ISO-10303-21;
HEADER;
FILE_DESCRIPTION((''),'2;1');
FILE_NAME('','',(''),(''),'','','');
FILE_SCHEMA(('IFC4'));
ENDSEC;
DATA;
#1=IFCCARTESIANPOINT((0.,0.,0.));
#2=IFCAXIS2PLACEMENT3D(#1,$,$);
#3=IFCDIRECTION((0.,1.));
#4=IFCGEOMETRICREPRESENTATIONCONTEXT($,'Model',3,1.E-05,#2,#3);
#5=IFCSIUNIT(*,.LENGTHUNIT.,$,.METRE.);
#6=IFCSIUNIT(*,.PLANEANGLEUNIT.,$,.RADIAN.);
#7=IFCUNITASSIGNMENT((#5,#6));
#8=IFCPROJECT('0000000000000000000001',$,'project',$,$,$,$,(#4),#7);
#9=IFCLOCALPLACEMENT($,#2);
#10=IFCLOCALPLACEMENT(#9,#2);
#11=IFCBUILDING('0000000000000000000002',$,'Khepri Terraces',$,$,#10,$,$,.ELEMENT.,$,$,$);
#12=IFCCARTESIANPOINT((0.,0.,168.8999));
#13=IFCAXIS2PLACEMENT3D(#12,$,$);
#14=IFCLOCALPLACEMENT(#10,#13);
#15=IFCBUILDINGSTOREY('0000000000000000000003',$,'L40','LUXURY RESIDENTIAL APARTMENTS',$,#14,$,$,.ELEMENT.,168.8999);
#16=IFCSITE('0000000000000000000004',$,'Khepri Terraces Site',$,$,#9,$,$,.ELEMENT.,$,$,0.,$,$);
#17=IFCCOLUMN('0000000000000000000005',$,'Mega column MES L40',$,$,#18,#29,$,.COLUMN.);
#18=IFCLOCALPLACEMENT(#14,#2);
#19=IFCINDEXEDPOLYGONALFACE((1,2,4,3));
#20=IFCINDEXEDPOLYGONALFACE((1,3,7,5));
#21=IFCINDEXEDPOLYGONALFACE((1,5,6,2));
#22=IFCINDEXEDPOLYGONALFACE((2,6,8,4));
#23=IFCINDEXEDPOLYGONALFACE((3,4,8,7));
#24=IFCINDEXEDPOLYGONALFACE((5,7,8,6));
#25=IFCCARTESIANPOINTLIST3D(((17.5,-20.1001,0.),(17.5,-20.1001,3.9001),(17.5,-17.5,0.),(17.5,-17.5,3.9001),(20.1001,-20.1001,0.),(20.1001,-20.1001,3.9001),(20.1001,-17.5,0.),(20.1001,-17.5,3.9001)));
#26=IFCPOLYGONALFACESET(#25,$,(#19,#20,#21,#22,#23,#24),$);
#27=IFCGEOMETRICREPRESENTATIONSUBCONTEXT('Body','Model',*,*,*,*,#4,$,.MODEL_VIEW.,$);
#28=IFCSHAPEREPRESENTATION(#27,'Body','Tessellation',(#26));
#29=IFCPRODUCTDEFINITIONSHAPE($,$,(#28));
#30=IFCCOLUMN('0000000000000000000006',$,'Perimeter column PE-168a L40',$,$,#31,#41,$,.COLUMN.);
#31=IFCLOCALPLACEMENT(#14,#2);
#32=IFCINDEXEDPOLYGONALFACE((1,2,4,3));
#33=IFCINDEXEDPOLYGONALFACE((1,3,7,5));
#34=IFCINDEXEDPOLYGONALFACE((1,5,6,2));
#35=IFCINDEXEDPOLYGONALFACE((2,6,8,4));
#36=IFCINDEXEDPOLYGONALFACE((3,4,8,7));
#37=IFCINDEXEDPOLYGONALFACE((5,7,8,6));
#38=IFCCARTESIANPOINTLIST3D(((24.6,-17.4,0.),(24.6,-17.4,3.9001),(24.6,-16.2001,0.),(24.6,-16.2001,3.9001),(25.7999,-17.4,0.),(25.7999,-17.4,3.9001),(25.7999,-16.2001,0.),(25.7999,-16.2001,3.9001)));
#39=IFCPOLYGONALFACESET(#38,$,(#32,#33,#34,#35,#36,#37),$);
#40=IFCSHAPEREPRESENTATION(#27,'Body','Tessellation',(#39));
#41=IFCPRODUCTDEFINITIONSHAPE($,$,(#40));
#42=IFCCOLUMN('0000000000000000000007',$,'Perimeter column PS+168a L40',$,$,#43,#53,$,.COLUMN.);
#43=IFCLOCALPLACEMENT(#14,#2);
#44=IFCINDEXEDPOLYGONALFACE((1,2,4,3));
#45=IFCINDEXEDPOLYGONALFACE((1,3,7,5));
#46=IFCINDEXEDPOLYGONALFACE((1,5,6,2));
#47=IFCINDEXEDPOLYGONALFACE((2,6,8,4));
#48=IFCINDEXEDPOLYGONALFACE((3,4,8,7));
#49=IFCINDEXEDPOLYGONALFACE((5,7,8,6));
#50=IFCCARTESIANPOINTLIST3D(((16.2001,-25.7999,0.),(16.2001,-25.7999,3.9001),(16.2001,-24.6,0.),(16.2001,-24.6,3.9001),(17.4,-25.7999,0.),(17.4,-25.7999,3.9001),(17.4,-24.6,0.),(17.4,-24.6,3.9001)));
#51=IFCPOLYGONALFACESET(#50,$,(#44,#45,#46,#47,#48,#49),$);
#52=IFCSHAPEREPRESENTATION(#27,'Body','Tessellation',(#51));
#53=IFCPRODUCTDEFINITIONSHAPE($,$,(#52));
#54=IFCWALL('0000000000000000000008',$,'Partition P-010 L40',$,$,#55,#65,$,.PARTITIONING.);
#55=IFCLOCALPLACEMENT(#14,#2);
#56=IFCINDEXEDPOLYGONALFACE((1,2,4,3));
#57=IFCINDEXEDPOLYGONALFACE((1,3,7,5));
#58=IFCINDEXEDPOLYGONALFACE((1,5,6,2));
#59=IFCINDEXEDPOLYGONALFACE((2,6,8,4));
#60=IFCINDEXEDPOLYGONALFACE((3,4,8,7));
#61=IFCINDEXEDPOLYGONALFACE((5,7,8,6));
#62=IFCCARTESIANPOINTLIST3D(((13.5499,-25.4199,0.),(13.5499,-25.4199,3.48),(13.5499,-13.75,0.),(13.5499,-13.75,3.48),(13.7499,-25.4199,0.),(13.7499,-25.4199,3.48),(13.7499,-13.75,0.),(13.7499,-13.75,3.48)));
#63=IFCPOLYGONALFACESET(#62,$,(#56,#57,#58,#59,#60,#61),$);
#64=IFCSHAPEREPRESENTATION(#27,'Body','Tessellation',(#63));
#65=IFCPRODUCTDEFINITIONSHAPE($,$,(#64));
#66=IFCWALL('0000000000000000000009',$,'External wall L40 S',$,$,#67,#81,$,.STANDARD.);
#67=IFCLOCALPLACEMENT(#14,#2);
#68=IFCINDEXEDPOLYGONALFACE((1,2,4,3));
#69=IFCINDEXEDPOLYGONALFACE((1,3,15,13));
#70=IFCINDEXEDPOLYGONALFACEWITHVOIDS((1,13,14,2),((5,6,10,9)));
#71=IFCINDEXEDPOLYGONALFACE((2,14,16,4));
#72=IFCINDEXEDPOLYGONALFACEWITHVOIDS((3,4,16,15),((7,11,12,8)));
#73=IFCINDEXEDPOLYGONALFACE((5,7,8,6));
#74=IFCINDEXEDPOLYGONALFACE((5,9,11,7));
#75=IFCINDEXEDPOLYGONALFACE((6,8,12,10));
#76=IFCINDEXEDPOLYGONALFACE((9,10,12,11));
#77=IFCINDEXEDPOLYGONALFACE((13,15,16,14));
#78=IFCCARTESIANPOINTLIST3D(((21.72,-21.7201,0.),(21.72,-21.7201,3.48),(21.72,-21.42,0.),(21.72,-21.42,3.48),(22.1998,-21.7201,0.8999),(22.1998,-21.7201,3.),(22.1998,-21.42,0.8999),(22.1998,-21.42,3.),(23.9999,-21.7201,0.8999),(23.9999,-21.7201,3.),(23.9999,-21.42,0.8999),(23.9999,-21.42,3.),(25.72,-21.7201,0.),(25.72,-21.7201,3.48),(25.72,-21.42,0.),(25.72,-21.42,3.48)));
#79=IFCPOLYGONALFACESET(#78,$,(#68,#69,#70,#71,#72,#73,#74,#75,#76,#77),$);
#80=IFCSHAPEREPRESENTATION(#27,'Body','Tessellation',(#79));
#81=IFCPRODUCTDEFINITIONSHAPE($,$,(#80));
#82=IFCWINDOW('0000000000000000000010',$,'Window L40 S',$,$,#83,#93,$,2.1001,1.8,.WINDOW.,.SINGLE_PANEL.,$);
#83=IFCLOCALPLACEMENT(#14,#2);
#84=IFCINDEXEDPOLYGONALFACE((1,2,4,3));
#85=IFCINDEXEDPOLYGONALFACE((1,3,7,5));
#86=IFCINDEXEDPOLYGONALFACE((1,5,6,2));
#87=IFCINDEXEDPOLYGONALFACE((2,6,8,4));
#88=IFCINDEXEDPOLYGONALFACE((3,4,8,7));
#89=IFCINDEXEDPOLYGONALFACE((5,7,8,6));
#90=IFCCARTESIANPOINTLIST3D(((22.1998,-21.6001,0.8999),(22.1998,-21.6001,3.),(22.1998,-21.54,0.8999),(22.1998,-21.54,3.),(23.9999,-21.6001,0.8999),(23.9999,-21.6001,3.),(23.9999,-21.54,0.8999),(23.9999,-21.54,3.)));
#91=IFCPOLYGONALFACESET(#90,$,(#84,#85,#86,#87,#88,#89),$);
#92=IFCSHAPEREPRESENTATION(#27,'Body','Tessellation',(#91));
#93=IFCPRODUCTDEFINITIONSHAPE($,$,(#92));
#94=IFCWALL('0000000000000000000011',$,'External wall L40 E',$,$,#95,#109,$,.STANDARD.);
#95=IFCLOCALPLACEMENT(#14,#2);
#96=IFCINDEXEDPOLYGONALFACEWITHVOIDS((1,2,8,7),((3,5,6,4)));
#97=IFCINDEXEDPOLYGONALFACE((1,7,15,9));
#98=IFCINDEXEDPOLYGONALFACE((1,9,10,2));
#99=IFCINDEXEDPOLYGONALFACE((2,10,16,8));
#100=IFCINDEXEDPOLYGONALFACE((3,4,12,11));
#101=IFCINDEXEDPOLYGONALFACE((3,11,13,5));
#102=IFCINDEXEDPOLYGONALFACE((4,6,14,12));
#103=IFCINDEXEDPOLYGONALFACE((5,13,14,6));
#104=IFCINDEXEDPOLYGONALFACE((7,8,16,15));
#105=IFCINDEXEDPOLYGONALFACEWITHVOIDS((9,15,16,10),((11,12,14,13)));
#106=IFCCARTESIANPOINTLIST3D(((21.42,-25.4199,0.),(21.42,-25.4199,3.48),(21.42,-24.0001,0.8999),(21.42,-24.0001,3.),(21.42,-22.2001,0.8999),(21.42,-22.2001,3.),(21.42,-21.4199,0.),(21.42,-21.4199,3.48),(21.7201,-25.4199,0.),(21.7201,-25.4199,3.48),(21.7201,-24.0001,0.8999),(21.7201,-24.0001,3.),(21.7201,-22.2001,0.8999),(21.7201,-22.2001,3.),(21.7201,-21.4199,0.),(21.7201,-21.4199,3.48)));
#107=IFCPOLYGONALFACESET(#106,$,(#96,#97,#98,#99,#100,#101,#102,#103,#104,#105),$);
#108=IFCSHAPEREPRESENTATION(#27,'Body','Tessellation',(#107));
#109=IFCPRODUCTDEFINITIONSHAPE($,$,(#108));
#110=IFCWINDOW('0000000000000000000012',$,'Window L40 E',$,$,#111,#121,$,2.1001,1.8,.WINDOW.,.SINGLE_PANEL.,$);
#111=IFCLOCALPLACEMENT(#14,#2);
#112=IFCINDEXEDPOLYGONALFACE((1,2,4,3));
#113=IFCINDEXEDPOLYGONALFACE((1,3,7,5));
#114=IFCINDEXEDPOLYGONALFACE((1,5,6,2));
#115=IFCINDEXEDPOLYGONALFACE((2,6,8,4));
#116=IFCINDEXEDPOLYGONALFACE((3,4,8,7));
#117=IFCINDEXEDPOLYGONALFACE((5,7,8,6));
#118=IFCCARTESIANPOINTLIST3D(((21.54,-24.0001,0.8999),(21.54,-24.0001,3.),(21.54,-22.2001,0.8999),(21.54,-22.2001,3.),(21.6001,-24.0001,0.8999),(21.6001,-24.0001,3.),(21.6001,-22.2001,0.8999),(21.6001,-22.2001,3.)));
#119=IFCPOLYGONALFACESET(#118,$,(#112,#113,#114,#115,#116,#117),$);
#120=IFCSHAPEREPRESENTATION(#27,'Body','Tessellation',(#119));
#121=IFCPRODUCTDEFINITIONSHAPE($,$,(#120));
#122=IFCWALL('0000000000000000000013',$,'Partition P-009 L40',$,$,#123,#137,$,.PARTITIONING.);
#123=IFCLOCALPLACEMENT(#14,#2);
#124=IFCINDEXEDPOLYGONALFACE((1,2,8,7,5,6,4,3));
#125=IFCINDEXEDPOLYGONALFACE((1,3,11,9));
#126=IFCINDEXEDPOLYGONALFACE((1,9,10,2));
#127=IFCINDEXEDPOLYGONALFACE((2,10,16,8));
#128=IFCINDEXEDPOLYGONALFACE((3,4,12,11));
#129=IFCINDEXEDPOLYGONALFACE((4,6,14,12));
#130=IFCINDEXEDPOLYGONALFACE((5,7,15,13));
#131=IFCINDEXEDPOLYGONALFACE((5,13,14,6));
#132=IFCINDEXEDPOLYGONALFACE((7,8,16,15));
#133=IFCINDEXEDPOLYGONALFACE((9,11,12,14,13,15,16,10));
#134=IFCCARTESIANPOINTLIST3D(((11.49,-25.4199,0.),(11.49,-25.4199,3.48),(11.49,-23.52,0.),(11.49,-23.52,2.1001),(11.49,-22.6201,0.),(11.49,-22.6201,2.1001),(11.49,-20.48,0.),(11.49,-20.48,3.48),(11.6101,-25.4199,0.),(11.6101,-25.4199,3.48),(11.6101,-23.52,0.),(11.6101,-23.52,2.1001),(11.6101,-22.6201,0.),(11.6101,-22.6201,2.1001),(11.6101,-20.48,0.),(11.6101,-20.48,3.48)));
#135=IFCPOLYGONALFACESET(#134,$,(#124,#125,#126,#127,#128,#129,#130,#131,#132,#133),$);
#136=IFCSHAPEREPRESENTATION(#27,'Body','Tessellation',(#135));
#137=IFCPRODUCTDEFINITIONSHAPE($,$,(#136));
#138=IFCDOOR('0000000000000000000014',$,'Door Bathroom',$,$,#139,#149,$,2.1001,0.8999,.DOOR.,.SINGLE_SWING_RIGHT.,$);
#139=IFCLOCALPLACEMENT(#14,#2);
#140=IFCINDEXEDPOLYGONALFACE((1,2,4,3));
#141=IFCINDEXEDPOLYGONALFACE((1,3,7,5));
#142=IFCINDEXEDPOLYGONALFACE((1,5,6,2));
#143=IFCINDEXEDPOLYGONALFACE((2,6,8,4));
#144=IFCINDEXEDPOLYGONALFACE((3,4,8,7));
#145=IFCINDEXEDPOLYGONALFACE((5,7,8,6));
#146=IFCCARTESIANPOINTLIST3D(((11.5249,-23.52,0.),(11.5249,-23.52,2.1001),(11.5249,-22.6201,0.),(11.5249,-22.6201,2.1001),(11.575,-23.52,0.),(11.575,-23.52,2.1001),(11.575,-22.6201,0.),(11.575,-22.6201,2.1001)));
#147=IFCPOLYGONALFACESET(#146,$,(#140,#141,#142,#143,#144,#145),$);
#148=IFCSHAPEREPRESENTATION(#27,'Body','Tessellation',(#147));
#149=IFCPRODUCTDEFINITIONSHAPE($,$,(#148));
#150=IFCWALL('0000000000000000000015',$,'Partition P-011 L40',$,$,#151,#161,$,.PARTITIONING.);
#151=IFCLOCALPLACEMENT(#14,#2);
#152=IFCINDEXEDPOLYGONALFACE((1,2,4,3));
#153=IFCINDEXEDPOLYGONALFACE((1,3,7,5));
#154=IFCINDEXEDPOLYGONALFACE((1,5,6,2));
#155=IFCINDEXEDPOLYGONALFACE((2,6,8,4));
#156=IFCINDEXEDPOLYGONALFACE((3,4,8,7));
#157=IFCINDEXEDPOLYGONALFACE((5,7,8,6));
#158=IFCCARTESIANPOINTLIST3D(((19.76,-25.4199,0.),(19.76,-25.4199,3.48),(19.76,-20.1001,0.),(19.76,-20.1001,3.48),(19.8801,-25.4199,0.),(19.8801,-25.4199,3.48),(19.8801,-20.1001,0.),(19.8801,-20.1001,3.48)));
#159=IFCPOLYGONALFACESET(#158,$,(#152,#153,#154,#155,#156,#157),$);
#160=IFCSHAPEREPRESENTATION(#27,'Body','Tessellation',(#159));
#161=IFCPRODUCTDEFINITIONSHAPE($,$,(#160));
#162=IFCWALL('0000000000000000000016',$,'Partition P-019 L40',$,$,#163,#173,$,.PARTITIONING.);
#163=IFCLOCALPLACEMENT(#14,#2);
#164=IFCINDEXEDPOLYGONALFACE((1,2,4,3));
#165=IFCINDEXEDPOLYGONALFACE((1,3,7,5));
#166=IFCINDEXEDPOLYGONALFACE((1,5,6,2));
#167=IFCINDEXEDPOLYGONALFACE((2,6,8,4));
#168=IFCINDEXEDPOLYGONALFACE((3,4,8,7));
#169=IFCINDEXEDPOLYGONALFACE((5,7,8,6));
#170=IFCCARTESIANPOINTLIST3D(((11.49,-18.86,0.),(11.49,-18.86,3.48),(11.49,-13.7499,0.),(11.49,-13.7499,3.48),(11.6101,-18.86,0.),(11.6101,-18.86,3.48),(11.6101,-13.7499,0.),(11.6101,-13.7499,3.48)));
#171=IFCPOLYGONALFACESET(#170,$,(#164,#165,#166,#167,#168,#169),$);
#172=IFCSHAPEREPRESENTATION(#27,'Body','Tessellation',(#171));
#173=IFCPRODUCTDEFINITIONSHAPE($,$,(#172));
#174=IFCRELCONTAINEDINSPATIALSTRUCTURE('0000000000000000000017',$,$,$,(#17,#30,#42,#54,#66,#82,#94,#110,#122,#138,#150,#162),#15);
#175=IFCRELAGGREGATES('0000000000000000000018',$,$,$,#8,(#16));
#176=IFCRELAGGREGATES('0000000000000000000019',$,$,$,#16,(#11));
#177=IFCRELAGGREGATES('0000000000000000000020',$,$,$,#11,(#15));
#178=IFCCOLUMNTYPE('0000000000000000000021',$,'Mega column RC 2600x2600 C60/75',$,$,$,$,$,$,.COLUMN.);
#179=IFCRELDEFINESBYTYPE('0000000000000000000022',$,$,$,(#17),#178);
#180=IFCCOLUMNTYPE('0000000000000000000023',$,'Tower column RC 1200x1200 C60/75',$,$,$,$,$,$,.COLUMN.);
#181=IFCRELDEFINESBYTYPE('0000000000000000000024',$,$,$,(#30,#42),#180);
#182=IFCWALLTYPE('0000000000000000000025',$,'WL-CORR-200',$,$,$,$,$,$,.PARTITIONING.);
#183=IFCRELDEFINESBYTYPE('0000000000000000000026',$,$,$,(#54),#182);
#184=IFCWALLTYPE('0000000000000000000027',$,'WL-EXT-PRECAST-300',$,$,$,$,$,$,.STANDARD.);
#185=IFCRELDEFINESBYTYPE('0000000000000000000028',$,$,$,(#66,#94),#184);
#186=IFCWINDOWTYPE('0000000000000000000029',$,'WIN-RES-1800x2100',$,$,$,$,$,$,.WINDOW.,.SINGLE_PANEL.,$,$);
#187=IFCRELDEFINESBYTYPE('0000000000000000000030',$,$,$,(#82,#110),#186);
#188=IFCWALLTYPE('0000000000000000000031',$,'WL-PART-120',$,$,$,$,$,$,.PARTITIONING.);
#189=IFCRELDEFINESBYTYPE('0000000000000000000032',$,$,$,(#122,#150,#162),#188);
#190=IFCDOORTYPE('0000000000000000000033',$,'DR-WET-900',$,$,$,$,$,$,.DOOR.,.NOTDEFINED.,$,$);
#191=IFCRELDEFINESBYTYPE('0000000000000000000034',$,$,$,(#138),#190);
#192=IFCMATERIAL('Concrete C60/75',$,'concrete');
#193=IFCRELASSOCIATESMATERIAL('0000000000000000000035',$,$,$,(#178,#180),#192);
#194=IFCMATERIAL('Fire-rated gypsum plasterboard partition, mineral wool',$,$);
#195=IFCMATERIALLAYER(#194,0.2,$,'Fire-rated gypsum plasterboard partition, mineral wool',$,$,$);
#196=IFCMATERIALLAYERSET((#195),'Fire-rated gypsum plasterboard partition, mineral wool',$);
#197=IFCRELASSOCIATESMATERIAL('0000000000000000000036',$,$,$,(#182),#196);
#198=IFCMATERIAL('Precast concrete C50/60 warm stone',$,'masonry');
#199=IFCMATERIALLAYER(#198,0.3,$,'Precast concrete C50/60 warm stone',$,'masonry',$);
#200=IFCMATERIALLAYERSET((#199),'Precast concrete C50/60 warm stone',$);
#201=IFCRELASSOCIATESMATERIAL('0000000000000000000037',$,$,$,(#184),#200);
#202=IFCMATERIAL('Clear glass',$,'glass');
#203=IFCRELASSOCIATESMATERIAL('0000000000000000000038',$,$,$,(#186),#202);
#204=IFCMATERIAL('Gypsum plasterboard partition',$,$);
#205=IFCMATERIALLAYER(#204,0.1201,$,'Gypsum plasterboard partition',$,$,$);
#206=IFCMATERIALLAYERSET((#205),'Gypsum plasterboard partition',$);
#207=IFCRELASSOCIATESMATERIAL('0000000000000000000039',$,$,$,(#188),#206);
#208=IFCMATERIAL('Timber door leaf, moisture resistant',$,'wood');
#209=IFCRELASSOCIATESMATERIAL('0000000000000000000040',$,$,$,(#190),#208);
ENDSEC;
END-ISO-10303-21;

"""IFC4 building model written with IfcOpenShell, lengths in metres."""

from ifc_helpers import new_model, si_unit, direction, frame, frame_2d, origin, origin_2d, place, context, subcontext, project, spatial, rectangle, extrude, material, layer, layer_set, material_profile, profile_set, type_object, element, fill, save


model = new_model("IFC4")

# Units and contexts
model_context = context("Model", 3, precision=1e-05, world=origin(), true_north=direction((0.0, 1.0)))
body_context = subcontext(model_context, "Body", "Model", "MODEL_VIEW")
ifc_project = project(units=[si_unit("LENGTHUNIT", "METRE"), si_unit("PLANEANGLEUNIT", "RADIAN")], contexts=[model_context])

# Site, building, storey
site_placement = place(None, origin())
site = spatial("IfcSite", under=ifc_project, at=site_placement, Name="Khepri Terraces Site", CompositionType="ELEMENT", RefElevation=0.0)
building_placement = place(site_placement, origin())
building = spatial("IfcBuilding", under=site, at=building_placement, Name="Khepri Terraces", CompositionType="ELEMENT")
storey_placement = place(building_placement, frame((0.0, 0.0, 168.8999)))
storey = spatial("IfcBuildingStorey", under=building, at=storey_placement, Name="L40", Description="LUXURY RESIDENTIAL APARTMENTS", CompositionType="ELEMENT", Elevation=168.8999)

# Columns
ifc_material_1 = material(Name="Concrete C60/75", Category="concrete")
ifc_material_profile_1 = material_profile(ifc_material_1, rectangle(XDim=2.6001, YDim=2.6001, at=origin_2d()), Name="Concrete C60/75", Category="concrete")
ifc_profile_set_1 = profile_set([ifc_material_profile_1], Name="Concrete C60/75")
column_type_1 = type_object("IfcColumnType", Name="Mega column RC 2600x2600 C60/75", PredefinedType="COLUMN", material=ifc_profile_set_1)
column_placement = place(storey_placement, frame((18.8, -18.8, 0.0), z_axis=(0.0, 0.0, 1.0), x_axis=(1.0, 0.0, 0.0)))
element("IfcColumn", 1, at=column_placement, inside=storey, type_object=column_type_1, Name="Mega column MES L40", PredefinedType="COLUMN", context=body_context, shape_type="SweptSolid", body=[
    extrude(rectangle(XDim=2.6001, YDim=2.6001, at=origin_2d()), origin(), (0.0, 0.0, 1.0), 3.9001),
])
ifc_material_profile_2 = material_profile(ifc_material_1, rectangle(XDim=1.2, YDim=1.2, at=origin_2d()), Name="Concrete C60/75", Category="concrete")
ifc_profile_set_2 = profile_set([ifc_material_profile_2], Name="Concrete C60/75")
column_type_2 = type_object("IfcColumnType", Name="Tower column RC 1200x1200 C60/75", PredefinedType="COLUMN", material=ifc_profile_set_2)
for number, where, z_axis, x_axis, name in (
    (2, (25.2, -16.8, 0.0), (0.0, 0.0, 1.0), (1.0, 0.0, 0.0), "Perimeter column PE-168a L40"),
    (3, (16.8, -25.2, 0.0), (0.0, 0.0, 1.0), (1.0, 0.0, 0.0), "Perimeter column PS+168a L40"),
):
    element("IfcColumn", number, at=place(storey_placement, frame(where, z_axis=z_axis, x_axis=x_axis)), inside=storey, type_object=column_type_2, Name=name, PredefinedType="COLUMN", context=body_context, shape_type="SweptSolid", body=[
        extrude(rectangle(XDim=1.2, YDim=1.2, at=origin_2d()), origin(), (0.0, 0.0, 1.0), 3.9001),
    ])

# Wall
ifc_material_2 = material(Name="Fire-rated gypsum plasterboard partition, mineral wool")
ifc_layer_1 = layer(ifc_material_2, 0.2, Name="Fire-rated gypsum plasterboard partition, mineral wool")
ifc_layer_set_1 = layer_set([ifc_layer_1], Name="Fire-rated gypsum plasterboard partition, mineral wool")
wall_type_1 = type_object("IfcWallType", Name="WL-CORR-200", PredefinedType="PARTITIONING", material=ifc_layer_set_1)
wall_1_placement = place(storey_placement, frame((13.6499, -25.4199, 0.0), z_axis=(0.0, 0.0, 1.0), x_axis=(0.0, 1.0, 0.0)))
element("IfcWall", 4, at=wall_1_placement, inside=storey, type_object=wall_type_1, Name="Partition P-010 L40", PredefinedType="PARTITIONING", context=body_context, shape_type="SweptSolid", body=[
    extrude(rectangle(XDim=11.6699, YDim=0.2, at=frame_2d((5.835, 0.0))), origin(), (0.0, 0.0, 1.0), 3.48),
])

# Wall, opening, window
ifc_material_3 = material(Name="Precast concrete C50/60 warm stone", Category="masonry")
ifc_layer_2 = layer(ifc_material_3, 0.3, Name="Precast concrete C50/60 warm stone", Category="masonry")
ifc_layer_set_2 = layer_set([ifc_layer_2], Name="Precast concrete C50/60 warm stone")
wall_type_2 = type_object("IfcWallType", Name="WL-EXT-PRECAST-300", PredefinedType="STANDARD", material=ifc_layer_set_2)
wall_2_placement = place(storey_placement, frame((21.72, -21.5701, 0.0), z_axis=(0.0, 0.0, 1.0), x_axis=(1.0, 0.0, 0.0)))
wall_2 = element("IfcWall", 5, at=wall_2_placement, inside=storey, type_object=wall_type_2, Name="External wall L40 S", PredefinedType="STANDARD", context=body_context, shape_type="SweptSolid", body=[
    extrude(rectangle(XDim=4.0, YDim=0.3, at=frame_2d((2.0, 0.0))), origin(), (0.0, 0.0, 1.0), 3.48),
])
opening_1_placement = place(wall_2_placement, frame((0.48, 0.0, 0.8999)))
opening_1 = element("IfcOpeningElement", 6, at=opening_1_placement, cuts=wall_2, PredefinedType="OPENING", context=body_context, shape_type="SweptSolid", body=[
    extrude(rectangle(XDim=1.8, YDim=2.1001, at=frame_2d((0.8999, 1.05))), frame((0.0, 0.1602, 0.0), z_axis=(0.0, -1.0, 0.0), x_axis=(1.0, 0.0, 0.0)), (0.0, 0.0, 1.0), 0.3201),
])
ifc_material_4 = material(Name="Clear glass", Category="glass")
window_type = type_object("IfcWindowType", Name="WIN-RES-1800x2100", PartitioningType="SINGLE_PANEL", PredefinedType="WINDOW", material=ifc_material_4)
window_1_placement = place(opening_1_placement, origin())
window_1 = element("IfcWindow", 7, at=window_1_placement, inside=storey, type_object=window_type, Name="Window L40 S", OverallHeight=2.1001, OverallWidth=1.8, PartitioningType="SINGLE_PANEL", PredefinedType="WINDOW", context=body_context, shape_type="SweptSolid", body=[
    extrude(rectangle(XDim=1.8, YDim=2.1001, at=frame_2d((0.8999, 1.05))), frame((0.0, 0.03, 0.0), z_axis=(0.0, -1.0, 0.0), x_axis=(1.0, 0.0, 0.0)), (0.0, 0.0, 1.0), 0.0601),
])
fill(opening_1, window_1)

# Wall, opening, window
wall_3_placement = place(storey_placement, frame((21.5701, -25.4199, 0.0), z_axis=(0.0, 0.0, 1.0), x_axis=(0.0, 1.0, 0.0)))
wall_3 = element("IfcWall", 8, at=wall_3_placement, inside=storey, type_object=wall_type_2, Name="External wall L40 E", PredefinedType="STANDARD", context=body_context, shape_type="SweptSolid", body=[
    extrude(rectangle(XDim=4.0, YDim=0.3, at=frame_2d((2.0, 0.0))), origin(), (0.0, 0.0, 1.0), 3.48),
])
opening_2_placement = place(wall_3_placement, frame((1.4199, 0.0, 0.8999)))
opening_2 = element("IfcOpeningElement", 9, at=opening_2_placement, cuts=wall_3, PredefinedType="OPENING", context=body_context, shape_type="SweptSolid", body=[
    extrude(rectangle(XDim=1.8, YDim=2.1001, at=frame_2d((0.8999, 1.05))), frame((0.0, 0.1602, 0.0), z_axis=(0.0, -1.0, 0.0), x_axis=(1.0, 0.0, 0.0)), (0.0, 0.0, 1.0), 0.3201),
])
window_2_placement = place(opening_2_placement, origin())
window_2 = element("IfcWindow", 10, at=window_2_placement, inside=storey, type_object=window_type, Name="Window L40 E", OverallHeight=2.1001, OverallWidth=1.8, PartitioningType="SINGLE_PANEL", PredefinedType="WINDOW", context=body_context, shape_type="SweptSolid", body=[
    extrude(rectangle(XDim=1.8, YDim=2.1001, at=frame_2d((0.8999, 1.05))), frame((0.0, 0.03, 0.0), z_axis=(0.0, -1.0, 0.0), x_axis=(1.0, 0.0, 0.0)), (0.0, 0.0, 1.0), 0.0601),
])
fill(opening_2, window_2)

# Wall, opening, door
ifc_material_5 = material(Name="Gypsum plasterboard partition")
ifc_layer_3 = layer(ifc_material_5, 0.1201, Name="Gypsum plasterboard partition")
ifc_layer_set_3 = layer_set([ifc_layer_3], Name="Gypsum plasterboard partition")
wall_type_3 = type_object("IfcWallType", Name="WL-PART-120", PredefinedType="PARTITIONING", material=ifc_layer_set_3)
wall_4_placement = place(storey_placement, frame((11.55, -25.4199, 0.0), z_axis=(0.0, 0.0, 1.0), x_axis=(0.0, 1.0, 0.0)))
wall_4 = element("IfcWall", 11, at=wall_4_placement, inside=storey, type_object=wall_type_3, Name="Partition P-009 L40", PredefinedType="PARTITIONING", context=body_context, shape_type="SweptSolid", body=[
    extrude(rectangle(XDim=4.9399, YDim=0.1201, at=frame_2d((2.47, 0.0))), origin(), (0.0, 0.0, 1.0), 3.48),
])
opening_3_placement = place(wall_4_placement, frame((1.8999, 0.0, 0.0)))
opening_3 = element("IfcOpeningElement", 12, at=opening_3_placement, cuts=wall_4, PredefinedType="OPENING", context=body_context, shape_type="SweptSolid", body=[
    extrude(rectangle(XDim=0.8999, YDim=2.1001, at=frame_2d((0.45, 1.05))), frame((0.0, 0.0701, 0.0), z_axis=(0.0, -1.0, 0.0), x_axis=(1.0, 0.0, 0.0)), (0.0, 0.0, 1.0), 0.1401),
])
ifc_material_6 = material(Name="Timber door leaf, moisture resistant", Category="wood")
door_type_1 = type_object("IfcDoorType", Name="DR-WET-900", OperationType="NOTDEFINED", PredefinedType="DOOR", material=ifc_material_6)
door_1_placement = place(opening_3_placement, frame((0.8999, 0.0, 0.0), z_axis=(0.0, 0.0, 1.0), x_axis=(-1.0, 0.0, 0.0)))
door_1 = element("IfcDoor", 13, at=door_1_placement, inside=storey, type_object=door_type_1, Name="Door Bathroom", OperationType="SINGLE_SWING_RIGHT", OverallHeight=2.1001, OverallWidth=0.8999, PredefinedType="DOOR", context=body_context, shape_type="SweptSolid", body=[
    extrude(rectangle(XDim=0.8999, YDim=2.1001, at=frame_2d((0.45, 1.05))), frame((0.0, 0.0249, 0.0), z_axis=(0.0, -1.0, 0.0), x_axis=(1.0, 0.0, 0.0)), (0.0, 0.0, 1.0), 0.05),
])
fill(opening_3, door_1)

# Walls
wall_5_placement = place(storey_placement, frame((19.8201, -25.4199, 0.0), z_axis=(0.0, 0.0, 1.0), x_axis=(0.0, 1.0, 0.0)))
element("IfcWall", 14, at=wall_5_placement, inside=storey, type_object=wall_type_3, Name="Partition P-011 L40", PredefinedType="PARTITIONING", context=body_context, shape_type="SweptSolid", body=[
    extrude(rectangle(XDim=5.3198, YDim=0.1201, at=frame_2d((2.6599, 0.0))), origin(), (0.0, 0.0, 1.0), 3.48),
])
wall_6_placement = place(storey_placement, frame((11.55, -18.8601, 0.0), z_axis=(0.0, 0.0, 1.0), x_axis=(0.0, 1.0, 0.0)))
element("IfcWall", 15, at=wall_6_placement, inside=storey, type_object=wall_type_3, Name="Partition P-019 L40", PredefinedType="PARTITIONING", context=body_context, shape_type="SweptSolid", body=[
    extrude(rectangle(XDim=5.1101, YDim=0.1201, at=frame_2d((2.5552, 0.0))), origin(), (0.0, 0.0, 1.0), 3.48),
])

save(model, "model.ifc")
